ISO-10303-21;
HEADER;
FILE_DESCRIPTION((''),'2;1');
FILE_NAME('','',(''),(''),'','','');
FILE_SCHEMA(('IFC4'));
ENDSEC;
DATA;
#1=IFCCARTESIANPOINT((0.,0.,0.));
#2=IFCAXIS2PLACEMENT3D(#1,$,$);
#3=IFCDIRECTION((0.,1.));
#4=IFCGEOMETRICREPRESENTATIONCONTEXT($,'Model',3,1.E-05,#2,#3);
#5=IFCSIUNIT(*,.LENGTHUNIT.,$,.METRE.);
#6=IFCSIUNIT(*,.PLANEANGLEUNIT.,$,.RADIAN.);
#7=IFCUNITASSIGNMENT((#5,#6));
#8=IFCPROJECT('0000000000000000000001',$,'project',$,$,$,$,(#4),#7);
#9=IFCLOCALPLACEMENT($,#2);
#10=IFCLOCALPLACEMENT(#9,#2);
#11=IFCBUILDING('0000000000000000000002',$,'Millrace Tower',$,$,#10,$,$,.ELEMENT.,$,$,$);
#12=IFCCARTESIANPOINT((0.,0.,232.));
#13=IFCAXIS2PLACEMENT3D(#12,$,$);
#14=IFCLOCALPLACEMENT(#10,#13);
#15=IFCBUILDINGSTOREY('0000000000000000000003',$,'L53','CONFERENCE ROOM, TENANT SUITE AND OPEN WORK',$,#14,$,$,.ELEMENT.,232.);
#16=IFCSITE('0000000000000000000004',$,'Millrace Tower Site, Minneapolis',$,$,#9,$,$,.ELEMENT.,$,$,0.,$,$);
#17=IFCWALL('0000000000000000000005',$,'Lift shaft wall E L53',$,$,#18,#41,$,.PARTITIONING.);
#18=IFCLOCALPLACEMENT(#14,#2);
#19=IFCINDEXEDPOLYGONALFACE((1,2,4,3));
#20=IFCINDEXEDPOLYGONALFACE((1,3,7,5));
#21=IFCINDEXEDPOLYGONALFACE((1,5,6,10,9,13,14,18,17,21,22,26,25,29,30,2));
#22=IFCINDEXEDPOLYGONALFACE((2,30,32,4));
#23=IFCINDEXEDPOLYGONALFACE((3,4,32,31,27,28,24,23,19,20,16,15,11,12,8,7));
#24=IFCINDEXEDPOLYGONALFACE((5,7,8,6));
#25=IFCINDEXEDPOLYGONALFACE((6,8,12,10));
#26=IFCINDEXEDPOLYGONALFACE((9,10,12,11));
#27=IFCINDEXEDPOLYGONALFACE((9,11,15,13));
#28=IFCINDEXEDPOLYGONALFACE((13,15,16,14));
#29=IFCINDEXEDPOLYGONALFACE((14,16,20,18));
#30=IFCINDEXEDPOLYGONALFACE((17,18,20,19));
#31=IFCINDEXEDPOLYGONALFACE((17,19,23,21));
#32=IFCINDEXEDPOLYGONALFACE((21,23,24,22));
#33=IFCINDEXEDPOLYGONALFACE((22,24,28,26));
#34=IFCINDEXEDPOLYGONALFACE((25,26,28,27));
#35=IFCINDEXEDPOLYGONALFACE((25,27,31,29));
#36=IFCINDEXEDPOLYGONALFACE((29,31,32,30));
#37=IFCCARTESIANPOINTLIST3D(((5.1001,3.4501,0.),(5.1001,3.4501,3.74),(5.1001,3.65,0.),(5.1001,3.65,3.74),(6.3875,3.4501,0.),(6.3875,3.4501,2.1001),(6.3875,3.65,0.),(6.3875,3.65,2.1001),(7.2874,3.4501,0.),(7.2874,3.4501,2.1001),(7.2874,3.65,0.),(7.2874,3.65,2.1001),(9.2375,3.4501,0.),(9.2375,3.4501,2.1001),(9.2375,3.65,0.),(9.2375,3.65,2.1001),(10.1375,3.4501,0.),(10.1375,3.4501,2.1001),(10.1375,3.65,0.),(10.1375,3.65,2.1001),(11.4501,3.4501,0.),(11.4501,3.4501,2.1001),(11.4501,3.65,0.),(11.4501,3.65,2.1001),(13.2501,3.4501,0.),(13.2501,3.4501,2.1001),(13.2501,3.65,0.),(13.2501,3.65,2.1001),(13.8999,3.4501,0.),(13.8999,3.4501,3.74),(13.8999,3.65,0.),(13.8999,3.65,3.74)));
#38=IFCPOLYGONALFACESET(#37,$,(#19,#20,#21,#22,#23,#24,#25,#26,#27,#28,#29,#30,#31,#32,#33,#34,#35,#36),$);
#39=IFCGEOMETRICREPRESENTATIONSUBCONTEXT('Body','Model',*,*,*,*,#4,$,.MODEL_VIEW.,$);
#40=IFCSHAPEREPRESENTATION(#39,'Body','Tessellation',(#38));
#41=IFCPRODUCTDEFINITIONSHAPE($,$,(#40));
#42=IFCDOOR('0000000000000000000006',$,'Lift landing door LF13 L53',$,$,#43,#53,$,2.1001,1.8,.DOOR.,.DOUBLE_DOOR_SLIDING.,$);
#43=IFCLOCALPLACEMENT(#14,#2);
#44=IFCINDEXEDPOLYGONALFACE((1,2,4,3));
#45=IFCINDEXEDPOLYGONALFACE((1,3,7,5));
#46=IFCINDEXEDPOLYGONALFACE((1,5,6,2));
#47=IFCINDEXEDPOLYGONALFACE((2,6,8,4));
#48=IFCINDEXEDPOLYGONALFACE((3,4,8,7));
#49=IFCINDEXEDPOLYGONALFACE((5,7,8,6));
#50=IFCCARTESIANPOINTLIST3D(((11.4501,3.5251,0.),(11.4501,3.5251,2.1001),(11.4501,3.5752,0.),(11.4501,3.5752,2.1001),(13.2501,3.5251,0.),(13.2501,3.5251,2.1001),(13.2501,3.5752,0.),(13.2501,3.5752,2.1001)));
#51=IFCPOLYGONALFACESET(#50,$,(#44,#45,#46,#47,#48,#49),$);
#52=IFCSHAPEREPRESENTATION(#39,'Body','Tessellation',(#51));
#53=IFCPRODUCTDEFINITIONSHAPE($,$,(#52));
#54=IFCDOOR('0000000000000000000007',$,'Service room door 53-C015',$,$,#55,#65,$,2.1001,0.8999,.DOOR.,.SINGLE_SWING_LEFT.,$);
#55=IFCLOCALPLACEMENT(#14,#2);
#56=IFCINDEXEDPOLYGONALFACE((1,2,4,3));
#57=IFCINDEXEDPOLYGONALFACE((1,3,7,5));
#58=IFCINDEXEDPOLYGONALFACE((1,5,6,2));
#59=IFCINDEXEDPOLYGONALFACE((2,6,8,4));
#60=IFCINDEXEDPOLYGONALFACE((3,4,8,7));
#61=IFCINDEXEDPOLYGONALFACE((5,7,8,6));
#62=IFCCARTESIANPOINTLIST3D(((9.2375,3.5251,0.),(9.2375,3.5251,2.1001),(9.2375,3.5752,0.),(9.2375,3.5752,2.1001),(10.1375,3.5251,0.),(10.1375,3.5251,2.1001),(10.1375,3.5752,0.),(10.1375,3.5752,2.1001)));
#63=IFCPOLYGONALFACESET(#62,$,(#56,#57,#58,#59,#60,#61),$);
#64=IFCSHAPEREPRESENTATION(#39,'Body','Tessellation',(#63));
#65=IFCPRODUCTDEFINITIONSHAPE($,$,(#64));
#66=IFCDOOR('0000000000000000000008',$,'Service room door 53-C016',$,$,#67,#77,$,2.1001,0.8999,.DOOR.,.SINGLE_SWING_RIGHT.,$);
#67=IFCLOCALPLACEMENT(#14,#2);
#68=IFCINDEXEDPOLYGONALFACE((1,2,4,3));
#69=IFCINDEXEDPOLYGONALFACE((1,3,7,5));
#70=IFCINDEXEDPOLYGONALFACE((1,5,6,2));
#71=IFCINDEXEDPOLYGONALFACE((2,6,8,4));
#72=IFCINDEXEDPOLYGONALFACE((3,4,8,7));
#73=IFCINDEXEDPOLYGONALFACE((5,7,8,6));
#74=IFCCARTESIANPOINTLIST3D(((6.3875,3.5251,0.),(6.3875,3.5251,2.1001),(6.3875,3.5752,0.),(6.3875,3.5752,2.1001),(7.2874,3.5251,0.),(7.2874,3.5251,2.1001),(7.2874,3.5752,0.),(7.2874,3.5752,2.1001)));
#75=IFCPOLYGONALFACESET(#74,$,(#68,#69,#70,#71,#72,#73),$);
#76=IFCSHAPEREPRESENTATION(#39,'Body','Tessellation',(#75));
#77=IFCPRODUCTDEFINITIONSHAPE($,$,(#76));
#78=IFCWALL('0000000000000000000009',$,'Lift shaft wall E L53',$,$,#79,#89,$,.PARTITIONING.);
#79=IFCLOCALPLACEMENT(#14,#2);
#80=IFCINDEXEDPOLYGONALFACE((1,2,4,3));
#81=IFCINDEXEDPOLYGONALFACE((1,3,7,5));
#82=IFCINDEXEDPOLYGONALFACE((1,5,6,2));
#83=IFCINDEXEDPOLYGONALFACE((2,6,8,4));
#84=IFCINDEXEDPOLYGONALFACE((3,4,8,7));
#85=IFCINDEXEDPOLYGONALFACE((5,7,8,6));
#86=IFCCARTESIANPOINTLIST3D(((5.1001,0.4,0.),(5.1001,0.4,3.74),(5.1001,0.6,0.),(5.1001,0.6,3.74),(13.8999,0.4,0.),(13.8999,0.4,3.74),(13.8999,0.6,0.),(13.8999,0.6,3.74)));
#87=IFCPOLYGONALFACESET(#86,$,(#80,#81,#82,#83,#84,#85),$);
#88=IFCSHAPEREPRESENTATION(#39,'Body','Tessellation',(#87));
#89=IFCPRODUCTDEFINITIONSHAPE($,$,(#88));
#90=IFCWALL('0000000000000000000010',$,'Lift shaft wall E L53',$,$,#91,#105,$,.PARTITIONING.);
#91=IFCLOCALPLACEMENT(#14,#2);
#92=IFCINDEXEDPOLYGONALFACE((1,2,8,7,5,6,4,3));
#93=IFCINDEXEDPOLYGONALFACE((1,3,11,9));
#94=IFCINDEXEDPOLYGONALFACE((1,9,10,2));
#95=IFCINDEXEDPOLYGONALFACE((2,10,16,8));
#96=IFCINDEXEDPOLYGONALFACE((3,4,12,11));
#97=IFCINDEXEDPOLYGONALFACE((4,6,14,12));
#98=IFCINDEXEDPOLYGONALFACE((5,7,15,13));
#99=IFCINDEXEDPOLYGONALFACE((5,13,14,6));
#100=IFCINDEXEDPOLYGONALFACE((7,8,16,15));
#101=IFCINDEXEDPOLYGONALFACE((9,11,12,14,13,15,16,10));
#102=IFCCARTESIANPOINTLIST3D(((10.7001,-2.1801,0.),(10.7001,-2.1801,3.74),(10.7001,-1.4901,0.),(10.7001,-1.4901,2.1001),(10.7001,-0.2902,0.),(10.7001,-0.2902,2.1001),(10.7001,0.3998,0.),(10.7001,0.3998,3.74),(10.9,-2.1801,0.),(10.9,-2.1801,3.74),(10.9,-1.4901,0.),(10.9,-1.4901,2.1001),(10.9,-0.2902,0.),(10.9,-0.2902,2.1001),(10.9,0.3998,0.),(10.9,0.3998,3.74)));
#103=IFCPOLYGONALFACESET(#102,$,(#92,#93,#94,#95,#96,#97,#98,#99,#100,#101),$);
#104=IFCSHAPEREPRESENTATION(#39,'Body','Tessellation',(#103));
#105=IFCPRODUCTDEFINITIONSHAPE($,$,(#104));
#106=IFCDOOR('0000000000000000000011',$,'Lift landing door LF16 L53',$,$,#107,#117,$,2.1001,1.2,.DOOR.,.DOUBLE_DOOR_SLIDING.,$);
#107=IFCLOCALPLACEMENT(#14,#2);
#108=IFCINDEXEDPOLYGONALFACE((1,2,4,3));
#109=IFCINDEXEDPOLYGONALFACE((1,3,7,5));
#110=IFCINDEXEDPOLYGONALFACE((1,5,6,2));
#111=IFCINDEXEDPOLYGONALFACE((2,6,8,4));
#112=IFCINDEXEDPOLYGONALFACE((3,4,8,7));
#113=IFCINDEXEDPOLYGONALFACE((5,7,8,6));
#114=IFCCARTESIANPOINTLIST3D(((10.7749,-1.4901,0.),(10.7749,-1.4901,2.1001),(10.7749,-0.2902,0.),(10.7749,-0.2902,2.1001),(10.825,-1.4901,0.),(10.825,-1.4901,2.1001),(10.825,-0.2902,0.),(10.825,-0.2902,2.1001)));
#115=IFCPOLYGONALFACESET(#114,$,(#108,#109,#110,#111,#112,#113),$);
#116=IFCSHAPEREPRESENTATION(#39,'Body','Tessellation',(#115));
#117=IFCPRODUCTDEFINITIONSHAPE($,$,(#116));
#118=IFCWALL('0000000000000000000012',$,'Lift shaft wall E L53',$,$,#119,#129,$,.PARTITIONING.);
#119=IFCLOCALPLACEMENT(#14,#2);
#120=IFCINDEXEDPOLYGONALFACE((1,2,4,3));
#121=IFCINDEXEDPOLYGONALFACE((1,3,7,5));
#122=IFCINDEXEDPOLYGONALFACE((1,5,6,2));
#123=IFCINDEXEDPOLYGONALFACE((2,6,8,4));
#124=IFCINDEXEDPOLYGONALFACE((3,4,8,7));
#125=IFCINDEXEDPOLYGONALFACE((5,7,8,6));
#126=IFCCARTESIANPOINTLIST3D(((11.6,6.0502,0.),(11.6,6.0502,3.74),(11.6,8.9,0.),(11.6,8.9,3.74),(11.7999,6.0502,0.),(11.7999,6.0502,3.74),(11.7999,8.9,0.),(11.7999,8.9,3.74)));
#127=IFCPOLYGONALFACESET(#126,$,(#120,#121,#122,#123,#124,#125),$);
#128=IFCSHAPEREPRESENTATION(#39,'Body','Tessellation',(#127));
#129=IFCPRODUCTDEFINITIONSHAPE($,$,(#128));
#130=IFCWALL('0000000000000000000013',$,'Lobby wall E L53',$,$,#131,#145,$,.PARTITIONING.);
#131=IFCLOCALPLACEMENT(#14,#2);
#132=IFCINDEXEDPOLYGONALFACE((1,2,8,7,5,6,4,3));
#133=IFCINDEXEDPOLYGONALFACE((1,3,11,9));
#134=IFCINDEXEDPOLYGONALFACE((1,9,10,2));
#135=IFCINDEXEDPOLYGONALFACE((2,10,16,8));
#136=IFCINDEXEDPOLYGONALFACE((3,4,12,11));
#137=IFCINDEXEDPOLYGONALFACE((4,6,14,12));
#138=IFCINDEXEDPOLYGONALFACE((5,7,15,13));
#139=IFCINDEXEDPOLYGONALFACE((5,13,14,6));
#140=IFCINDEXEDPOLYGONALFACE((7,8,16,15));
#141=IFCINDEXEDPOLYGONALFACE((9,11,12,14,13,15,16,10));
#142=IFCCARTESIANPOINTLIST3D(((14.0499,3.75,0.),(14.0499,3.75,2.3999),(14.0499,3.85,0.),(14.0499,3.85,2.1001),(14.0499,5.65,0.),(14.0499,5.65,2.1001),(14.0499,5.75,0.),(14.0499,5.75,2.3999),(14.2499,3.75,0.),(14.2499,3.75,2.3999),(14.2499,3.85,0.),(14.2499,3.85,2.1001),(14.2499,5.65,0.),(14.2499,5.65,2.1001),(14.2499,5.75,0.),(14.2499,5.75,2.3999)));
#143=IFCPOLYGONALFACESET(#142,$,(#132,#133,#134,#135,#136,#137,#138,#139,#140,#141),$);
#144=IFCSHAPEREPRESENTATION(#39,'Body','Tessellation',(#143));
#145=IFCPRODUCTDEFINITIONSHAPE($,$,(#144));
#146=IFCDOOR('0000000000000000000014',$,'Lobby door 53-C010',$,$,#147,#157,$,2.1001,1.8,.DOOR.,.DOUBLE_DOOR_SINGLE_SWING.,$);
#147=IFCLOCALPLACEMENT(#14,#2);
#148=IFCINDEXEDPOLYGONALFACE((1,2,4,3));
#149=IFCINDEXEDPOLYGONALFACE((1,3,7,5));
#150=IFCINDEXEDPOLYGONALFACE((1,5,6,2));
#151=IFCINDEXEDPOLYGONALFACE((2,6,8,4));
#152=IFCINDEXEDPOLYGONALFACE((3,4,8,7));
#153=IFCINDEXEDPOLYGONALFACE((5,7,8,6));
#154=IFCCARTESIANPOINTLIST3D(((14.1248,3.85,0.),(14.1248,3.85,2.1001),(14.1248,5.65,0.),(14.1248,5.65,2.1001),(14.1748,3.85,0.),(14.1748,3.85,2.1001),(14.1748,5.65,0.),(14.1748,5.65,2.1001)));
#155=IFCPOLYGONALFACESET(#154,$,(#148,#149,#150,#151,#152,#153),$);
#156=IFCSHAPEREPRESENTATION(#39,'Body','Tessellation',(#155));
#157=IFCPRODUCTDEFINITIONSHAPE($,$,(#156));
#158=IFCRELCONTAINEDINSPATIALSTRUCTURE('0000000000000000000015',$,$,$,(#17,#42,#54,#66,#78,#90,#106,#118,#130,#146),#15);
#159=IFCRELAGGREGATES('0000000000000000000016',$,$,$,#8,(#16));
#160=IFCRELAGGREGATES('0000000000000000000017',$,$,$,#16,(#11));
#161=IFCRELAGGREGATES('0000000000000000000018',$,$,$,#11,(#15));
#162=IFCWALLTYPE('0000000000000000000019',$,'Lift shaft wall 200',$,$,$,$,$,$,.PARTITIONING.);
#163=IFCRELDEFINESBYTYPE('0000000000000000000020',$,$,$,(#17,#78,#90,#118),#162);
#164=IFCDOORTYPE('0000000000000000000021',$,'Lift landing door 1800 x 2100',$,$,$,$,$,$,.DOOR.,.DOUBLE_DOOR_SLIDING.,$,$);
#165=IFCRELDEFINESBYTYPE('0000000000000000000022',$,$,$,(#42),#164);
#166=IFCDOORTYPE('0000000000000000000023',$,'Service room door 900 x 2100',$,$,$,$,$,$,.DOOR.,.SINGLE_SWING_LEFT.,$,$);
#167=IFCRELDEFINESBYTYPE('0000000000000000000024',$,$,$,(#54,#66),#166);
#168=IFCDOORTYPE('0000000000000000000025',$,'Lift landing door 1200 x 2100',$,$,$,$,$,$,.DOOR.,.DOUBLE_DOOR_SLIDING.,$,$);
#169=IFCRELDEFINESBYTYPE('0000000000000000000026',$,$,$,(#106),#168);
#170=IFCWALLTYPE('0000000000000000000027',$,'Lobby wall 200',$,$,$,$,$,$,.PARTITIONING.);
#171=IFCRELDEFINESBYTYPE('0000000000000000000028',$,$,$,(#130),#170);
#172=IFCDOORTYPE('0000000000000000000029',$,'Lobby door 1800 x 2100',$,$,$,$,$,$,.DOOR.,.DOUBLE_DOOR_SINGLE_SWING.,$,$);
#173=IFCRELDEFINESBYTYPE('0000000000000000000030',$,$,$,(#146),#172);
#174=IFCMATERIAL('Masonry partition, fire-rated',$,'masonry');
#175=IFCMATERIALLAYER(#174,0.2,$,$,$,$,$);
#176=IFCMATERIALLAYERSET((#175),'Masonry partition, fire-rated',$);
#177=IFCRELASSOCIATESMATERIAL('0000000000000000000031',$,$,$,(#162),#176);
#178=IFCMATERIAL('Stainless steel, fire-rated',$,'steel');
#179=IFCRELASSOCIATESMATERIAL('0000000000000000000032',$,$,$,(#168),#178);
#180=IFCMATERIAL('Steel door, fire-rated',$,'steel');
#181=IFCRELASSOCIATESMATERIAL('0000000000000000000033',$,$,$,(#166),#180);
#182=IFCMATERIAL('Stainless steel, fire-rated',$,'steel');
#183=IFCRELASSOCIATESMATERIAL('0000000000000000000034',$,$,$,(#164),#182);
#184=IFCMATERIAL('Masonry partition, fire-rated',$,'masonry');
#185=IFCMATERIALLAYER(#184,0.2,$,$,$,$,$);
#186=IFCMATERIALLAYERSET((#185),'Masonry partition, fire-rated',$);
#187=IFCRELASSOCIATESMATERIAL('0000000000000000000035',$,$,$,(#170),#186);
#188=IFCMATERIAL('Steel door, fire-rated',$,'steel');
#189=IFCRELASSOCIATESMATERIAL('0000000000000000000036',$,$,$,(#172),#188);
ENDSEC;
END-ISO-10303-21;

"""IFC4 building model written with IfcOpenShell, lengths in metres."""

from ifc_helpers import new_model, si_unit, direction, frame, frame_2d, origin, place, context, subcontext, project, spatial, rectangle, extrude, material, layer, layer_set, type_object, element, fill, save


model = new_model("IFC4")

# Units and contexts
model_context = context("Model", 3, precision=1e-05, world=origin(), true_north=direction((0.0, 1.0)))
body_context = subcontext(model_context, "Body", "Model", "MODEL_VIEW")
ifc_project = project(units=[si_unit("LENGTHUNIT", "METRE"), si_unit("PLANEANGLEUNIT", "RADIAN")], contexts=[model_context])

# Site, building, storey
site_placement = place(None, origin())
site = spatial("IfcSite", under=ifc_project, at=site_placement, Name="Millrace Tower Site, Minneapolis", CompositionType="ELEMENT", RefElevation=0.0)
building_placement = place(site_placement, origin())
building = spatial("IfcBuilding", under=site, at=building_placement, Name="Millrace Tower", CompositionType="ELEMENT")
storey_placement = place(building_placement, frame((0.0, 0.0, 232.0)))
storey = spatial("IfcBuildingStorey", under=building, at=storey_placement, Name="L53", Description="CONFERENCE ROOM, TENANT SUITE AND OPEN WORK", CompositionType="ELEMENT", Elevation=232.0)

# Wall, openings, doors
ifc_material_1 = material(Name="Masonry partition, fire-rated", Category="masonry")
ifc_layer_1 = layer(ifc_material_1, 0.2)
ifc_layer_set_1 = layer_set([ifc_layer_1], Name="Masonry partition, fire-rated")
wall_type_1 = type_object("IfcWallType", Name="Lift shaft wall 200", PredefinedType="PARTITIONING", material=ifc_layer_set_1)
ifc_material_2 = material(Name="Stainless steel, fire-rated", Category="steel")
door_type_1 = type_object("IfcDoorType", Name="Lift landing door 1200 x 2100", OperationType="DOUBLE_DOOR_SLIDING", PredefinedType="DOOR", material=ifc_material_2)
ifc_material_3 = material(Name="Steel door, fire-rated", Category="steel")
door_type_2 = type_object("IfcDoorType", Name="Service room door 900 x 2100", OperationType="SINGLE_SWING_LEFT", PredefinedType="DOOR", material=ifc_material_3)
wall_1_placement = place(storey_placement, frame((13.8999, 3.55, 0.0), z_axis=(0.0, 0.0, 1.0), x_axis=(-1.0, 0.0, 0.0)))
wall_1 = element("IfcWall", 1, at=wall_1_placement, inside=storey, type_object=wall_type_1, Name="Lift shaft wall E L53", PredefinedType="PARTITIONING", context=body_context, shape_type="SweptSolid", body=[
    extrude(rectangle(XDim=8.7998, YDim=0.2, at=frame_2d((4.3999, 0.0))), origin(), (0.0, 0.0, 1.0), 3.74),
])
opening_1_placement = place(wall_1_placement, frame((0.6499, 0.0, 0.0)))
opening_1 = element("IfcOpeningElement", 2, at=opening_1_placement, cuts=wall_1, PredefinedType="OPENING", context=body_context, shape_type="SweptSolid", body=[
    extrude(rectangle(XDim=1.8, YDim=2.1001, at=frame_2d((0.8999, 1.05))), frame((0.0, 0.1099, 0.0), z_axis=(0.0, -1.0, 0.0), x_axis=(1.0, 0.0, 0.0)), (0.0, 0.0, 1.0), 0.22),
])
opening_2_placement = place(wall_1_placement, frame((3.7625, 0.0, 0.0)))
opening_2 = element("IfcOpeningElement", 3, at=opening_2_placement, cuts=wall_1, PredefinedType="OPENING", context=body_context, shape_type="SweptSolid", body=[
    extrude(rectangle(XDim=0.8999, YDim=2.1001, at=frame_2d((0.45, 1.05))), frame((0.0, 0.1099, 0.0), z_axis=(0.0, -1.0, 0.0), x_axis=(1.0, 0.0, 0.0)), (0.0, 0.0, 1.0), 0.22),
])
opening_3_placement = place(wall_1_placement, frame((6.6125, 0.0, 0.0)))
opening_3 = element("IfcOpeningElement", 4, at=opening_3_placement, cuts=wall_1, PredefinedType="OPENING", context=body_context, shape_type="SweptSolid", body=[
    extrude(rectangle(XDim=0.8999, YDim=2.1001, at=frame_2d((0.45, 1.05))), frame((0.0, 0.1099, 0.0), z_axis=(0.0, -1.0, 0.0), x_axis=(1.0, 0.0, 0.0)), (0.0, 0.0, 1.0), 0.22),
])
ifc_material_4 = material(Name="Stainless steel, fire-rated", Category="steel")
door_type_3 = type_object("IfcDoorType", Name="Lift landing door 1800 x 2100", OperationType="DOUBLE_DOOR_SLIDING", PredefinedType="DOOR", material=ifc_material_4)
door_1_placement = place(opening_1_placement, origin())
door_1 = element("IfcDoor", 5, at=door_1_placement, inside=storey, type_object=door_type_3, Name="Lift landing door LF13 L53", OperationType="DOUBLE_DOOR_SLIDING", OverallHeight=2.1001, OverallWidth=1.8, PredefinedType="DOOR", context=body_context, shape_type="SweptSolid", body=[
    extrude(rectangle(XDim=1.8, YDim=2.1001, at=frame_2d((0.8999, 1.05))), frame((0.0, 0.0249, 0.0), z_axis=(0.0, -1.0, 0.0), x_axis=(1.0, 0.0, 0.0)), (0.0, 0.0, 1.0), 0.05),
])
fill(opening_1, door_1)
door_2_placement = place(opening_2_placement, origin())
door_2 = element("IfcDoor", 6, at=door_2_placement, inside=storey, type_object=door_type_2, Name="Service room door 53-C015", OperationType="SINGLE_SWING_LEFT", OverallHeight=2.1001, OverallWidth=0.8999, PredefinedType="DOOR", context=body_context, shape_type="SweptSolid", body=[
    extrude(rectangle(XDim=0.8999, YDim=2.1001, at=frame_2d((0.45, 1.05))), frame((0.0, 0.0249, 0.0), z_axis=(0.0, -1.0, 0.0), x_axis=(1.0, 0.0, 0.0)), (0.0, 0.0, 1.0), 0.05),
])
fill(opening_2, door_2)
door_3_placement = place(opening_3_placement, origin())
door_3 = element("IfcDoor", 7, at=door_3_placement, inside=storey, type_object=door_type_2, Name="Service room door 53-C016", OperationType="SINGLE_SWING_RIGHT", OverallHeight=2.1001, OverallWidth=0.8999, PredefinedType="DOOR", context=body_context, shape_type="SweptSolid", body=[
    extrude(rectangle(XDim=0.8999, YDim=2.1001, at=frame_2d((0.45, 1.05))), frame((0.0, 0.0249, 0.0), z_axis=(0.0, -1.0, 0.0), x_axis=(1.0, 0.0, 0.0)), (0.0, 0.0, 1.0), 0.05),
])
fill(opening_3, door_3)

# Wall
wall_2_placement = place(storey_placement, frame((13.8999, 0.5, 0.0), z_axis=(0.0, 0.0, 1.0), x_axis=(-1.0, 0.0, 0.0)))
element("IfcWall", 8, at=wall_2_placement, inside=storey, type_object=wall_type_1, Name="Lift shaft wall E L53", PredefinedType="PARTITIONING", context=body_context, shape_type="SweptSolid", body=[
    extrude(rectangle(XDim=8.7998, YDim=0.2, at=frame_2d((4.3999, 0.0))), origin(), (0.0, 0.0, 1.0), 3.74),
])

# Wall, opening, door
wall_3_placement = place(storey_placement, frame((10.8, 0.3999, 0.0), z_axis=(0.0, 0.0, 1.0), x_axis=(0.0, -1.0, 0.0)))
wall_3 = element("IfcWall", 9, at=wall_3_placement, inside=storey, type_object=wall_type_1, Name="Lift shaft wall E L53", PredefinedType="PARTITIONING", context=body_context, shape_type="SweptSolid", body=[
    extrude(rectangle(XDim=2.5798, YDim=0.2, at=frame_2d((1.29, 0.0))), origin(), (0.0, 0.0, 1.0), 3.74),
])
opening_4_placement = place(wall_3_placement, frame((0.6899, 0.0, 0.0)))
opening_4 = element("IfcOpeningElement", 10, at=opening_4_placement, cuts=wall_3, PredefinedType="OPENING", context=body_context, shape_type="SweptSolid", body=[
    extrude(rectangle(XDim=1.2, YDim=2.1001, at=frame_2d((0.6001, 1.05))), frame((0.0, 0.1099, 0.0), z_axis=(0.0, -1.0, 0.0), x_axis=(1.0, 0.0, 0.0)), (0.0, 0.0, 1.0), 0.22),
])
door_4_placement = place(opening_4_placement, origin())
door_4 = element("IfcDoor", 11, at=door_4_placement, inside=storey, type_object=door_type_1, Name="Lift landing door LF16 L53", OperationType="DOUBLE_DOOR_SLIDING", OverallHeight=2.1001, OverallWidth=1.2, PredefinedType="DOOR", context=body_context, shape_type="SweptSolid", body=[
    extrude(rectangle(XDim=1.2, YDim=2.1001, at=frame_2d((0.6001, 1.05))), frame((0.0, 0.0249, 0.0), z_axis=(0.0, -1.0, 0.0), x_axis=(1.0, 0.0, 0.0)), (0.0, 0.0, 1.0), 0.05),
])
fill(opening_4, door_4)

# Wall
wall_4_placement = place(storey_placement, frame((11.7, 8.8999, 0.0), z_axis=(0.0, 0.0, 1.0), x_axis=(0.0, -1.0, 0.0)))
element("IfcWall", 12, at=wall_4_placement, inside=storey, type_object=wall_type_1, Name="Lift shaft wall E L53", PredefinedType="PARTITIONING", context=body_context, shape_type="SweptSolid", body=[
    extrude(rectangle(XDim=2.8499, YDim=0.2, at=frame_2d((1.4248, 0.0))), origin(), (0.0, 0.0, 1.0), 3.74),
])

# Wall, opening, door
ifc_material_5 = material(Name="Masonry partition, fire-rated", Category="masonry")
ifc_layer_2 = layer(ifc_material_5, 0.2)
ifc_layer_set_2 = layer_set([ifc_layer_2], Name="Masonry partition, fire-rated")
wall_type_2 = type_object("IfcWallType", Name="Lobby wall 200", PredefinedType="PARTITIONING", material=ifc_layer_set_2)
wall_5_placement = place(storey_placement, frame((14.1499, 5.75, 0.0), z_axis=(0.0, 0.0, 1.0), x_axis=(0.0, -1.0, 0.0)))
wall_5 = element("IfcWall", 13, at=wall_5_placement, inside=storey, type_object=wall_type_2, Name="Lobby wall E L53", PredefinedType="PARTITIONING", context=body_context, shape_type="SweptSolid", body=[
    extrude(rectangle(XDim=2.0, YDim=0.2, at=frame_2d((1.0, 0.0))), origin(), (0.0, 0.0, 1.0), 2.3999),
])
opening_5_placement = place(wall_5_placement, frame((0.1001, 0.0, 0.0)))
opening_5 = element("IfcOpeningElement", 14, at=opening_5_placement, cuts=wall_5, PredefinedType="OPENING", context=body_context, shape_type="SweptSolid", body=[
    extrude(rectangle(XDim=1.8, YDim=2.1001, at=frame_2d((0.8999, 1.05))), frame((0.0, 0.1099, 0.0), z_axis=(0.0, -1.0, 0.0), x_axis=(1.0, 0.0, 0.0)), (0.0, 0.0, 1.0), 0.22),
])
ifc_material_6 = material(Name="Steel door, fire-rated", Category="steel")
door_type_4 = type_object("IfcDoorType", Name="Lobby door 1800 x 2100", OperationType="DOUBLE_DOOR_SINGLE_SWING", PredefinedType="DOOR", material=ifc_material_6)
door_5_placement = place(opening_5_placement, origin())
door_5 = element("IfcDoor", 15, at=door_5_placement, inside=storey, type_object=door_type_4, Name="Lobby door 53-C010", OperationType="DOUBLE_DOOR_SINGLE_SWING", OverallHeight=2.1001, OverallWidth=1.8, PredefinedType="DOOR", context=body_context, shape_type="SweptSolid", body=[
    extrude(rectangle(XDim=1.8, YDim=2.1001, at=frame_2d((0.8999, 1.05))), frame((0.0, 0.0249, 0.0), z_axis=(0.0, -1.0, 0.0), x_axis=(1.0, 0.0, 0.0)), (0.0, 0.0, 1.0), 0.05),
])
fill(opening_5, door_5)

save(model, "model.ifc")
